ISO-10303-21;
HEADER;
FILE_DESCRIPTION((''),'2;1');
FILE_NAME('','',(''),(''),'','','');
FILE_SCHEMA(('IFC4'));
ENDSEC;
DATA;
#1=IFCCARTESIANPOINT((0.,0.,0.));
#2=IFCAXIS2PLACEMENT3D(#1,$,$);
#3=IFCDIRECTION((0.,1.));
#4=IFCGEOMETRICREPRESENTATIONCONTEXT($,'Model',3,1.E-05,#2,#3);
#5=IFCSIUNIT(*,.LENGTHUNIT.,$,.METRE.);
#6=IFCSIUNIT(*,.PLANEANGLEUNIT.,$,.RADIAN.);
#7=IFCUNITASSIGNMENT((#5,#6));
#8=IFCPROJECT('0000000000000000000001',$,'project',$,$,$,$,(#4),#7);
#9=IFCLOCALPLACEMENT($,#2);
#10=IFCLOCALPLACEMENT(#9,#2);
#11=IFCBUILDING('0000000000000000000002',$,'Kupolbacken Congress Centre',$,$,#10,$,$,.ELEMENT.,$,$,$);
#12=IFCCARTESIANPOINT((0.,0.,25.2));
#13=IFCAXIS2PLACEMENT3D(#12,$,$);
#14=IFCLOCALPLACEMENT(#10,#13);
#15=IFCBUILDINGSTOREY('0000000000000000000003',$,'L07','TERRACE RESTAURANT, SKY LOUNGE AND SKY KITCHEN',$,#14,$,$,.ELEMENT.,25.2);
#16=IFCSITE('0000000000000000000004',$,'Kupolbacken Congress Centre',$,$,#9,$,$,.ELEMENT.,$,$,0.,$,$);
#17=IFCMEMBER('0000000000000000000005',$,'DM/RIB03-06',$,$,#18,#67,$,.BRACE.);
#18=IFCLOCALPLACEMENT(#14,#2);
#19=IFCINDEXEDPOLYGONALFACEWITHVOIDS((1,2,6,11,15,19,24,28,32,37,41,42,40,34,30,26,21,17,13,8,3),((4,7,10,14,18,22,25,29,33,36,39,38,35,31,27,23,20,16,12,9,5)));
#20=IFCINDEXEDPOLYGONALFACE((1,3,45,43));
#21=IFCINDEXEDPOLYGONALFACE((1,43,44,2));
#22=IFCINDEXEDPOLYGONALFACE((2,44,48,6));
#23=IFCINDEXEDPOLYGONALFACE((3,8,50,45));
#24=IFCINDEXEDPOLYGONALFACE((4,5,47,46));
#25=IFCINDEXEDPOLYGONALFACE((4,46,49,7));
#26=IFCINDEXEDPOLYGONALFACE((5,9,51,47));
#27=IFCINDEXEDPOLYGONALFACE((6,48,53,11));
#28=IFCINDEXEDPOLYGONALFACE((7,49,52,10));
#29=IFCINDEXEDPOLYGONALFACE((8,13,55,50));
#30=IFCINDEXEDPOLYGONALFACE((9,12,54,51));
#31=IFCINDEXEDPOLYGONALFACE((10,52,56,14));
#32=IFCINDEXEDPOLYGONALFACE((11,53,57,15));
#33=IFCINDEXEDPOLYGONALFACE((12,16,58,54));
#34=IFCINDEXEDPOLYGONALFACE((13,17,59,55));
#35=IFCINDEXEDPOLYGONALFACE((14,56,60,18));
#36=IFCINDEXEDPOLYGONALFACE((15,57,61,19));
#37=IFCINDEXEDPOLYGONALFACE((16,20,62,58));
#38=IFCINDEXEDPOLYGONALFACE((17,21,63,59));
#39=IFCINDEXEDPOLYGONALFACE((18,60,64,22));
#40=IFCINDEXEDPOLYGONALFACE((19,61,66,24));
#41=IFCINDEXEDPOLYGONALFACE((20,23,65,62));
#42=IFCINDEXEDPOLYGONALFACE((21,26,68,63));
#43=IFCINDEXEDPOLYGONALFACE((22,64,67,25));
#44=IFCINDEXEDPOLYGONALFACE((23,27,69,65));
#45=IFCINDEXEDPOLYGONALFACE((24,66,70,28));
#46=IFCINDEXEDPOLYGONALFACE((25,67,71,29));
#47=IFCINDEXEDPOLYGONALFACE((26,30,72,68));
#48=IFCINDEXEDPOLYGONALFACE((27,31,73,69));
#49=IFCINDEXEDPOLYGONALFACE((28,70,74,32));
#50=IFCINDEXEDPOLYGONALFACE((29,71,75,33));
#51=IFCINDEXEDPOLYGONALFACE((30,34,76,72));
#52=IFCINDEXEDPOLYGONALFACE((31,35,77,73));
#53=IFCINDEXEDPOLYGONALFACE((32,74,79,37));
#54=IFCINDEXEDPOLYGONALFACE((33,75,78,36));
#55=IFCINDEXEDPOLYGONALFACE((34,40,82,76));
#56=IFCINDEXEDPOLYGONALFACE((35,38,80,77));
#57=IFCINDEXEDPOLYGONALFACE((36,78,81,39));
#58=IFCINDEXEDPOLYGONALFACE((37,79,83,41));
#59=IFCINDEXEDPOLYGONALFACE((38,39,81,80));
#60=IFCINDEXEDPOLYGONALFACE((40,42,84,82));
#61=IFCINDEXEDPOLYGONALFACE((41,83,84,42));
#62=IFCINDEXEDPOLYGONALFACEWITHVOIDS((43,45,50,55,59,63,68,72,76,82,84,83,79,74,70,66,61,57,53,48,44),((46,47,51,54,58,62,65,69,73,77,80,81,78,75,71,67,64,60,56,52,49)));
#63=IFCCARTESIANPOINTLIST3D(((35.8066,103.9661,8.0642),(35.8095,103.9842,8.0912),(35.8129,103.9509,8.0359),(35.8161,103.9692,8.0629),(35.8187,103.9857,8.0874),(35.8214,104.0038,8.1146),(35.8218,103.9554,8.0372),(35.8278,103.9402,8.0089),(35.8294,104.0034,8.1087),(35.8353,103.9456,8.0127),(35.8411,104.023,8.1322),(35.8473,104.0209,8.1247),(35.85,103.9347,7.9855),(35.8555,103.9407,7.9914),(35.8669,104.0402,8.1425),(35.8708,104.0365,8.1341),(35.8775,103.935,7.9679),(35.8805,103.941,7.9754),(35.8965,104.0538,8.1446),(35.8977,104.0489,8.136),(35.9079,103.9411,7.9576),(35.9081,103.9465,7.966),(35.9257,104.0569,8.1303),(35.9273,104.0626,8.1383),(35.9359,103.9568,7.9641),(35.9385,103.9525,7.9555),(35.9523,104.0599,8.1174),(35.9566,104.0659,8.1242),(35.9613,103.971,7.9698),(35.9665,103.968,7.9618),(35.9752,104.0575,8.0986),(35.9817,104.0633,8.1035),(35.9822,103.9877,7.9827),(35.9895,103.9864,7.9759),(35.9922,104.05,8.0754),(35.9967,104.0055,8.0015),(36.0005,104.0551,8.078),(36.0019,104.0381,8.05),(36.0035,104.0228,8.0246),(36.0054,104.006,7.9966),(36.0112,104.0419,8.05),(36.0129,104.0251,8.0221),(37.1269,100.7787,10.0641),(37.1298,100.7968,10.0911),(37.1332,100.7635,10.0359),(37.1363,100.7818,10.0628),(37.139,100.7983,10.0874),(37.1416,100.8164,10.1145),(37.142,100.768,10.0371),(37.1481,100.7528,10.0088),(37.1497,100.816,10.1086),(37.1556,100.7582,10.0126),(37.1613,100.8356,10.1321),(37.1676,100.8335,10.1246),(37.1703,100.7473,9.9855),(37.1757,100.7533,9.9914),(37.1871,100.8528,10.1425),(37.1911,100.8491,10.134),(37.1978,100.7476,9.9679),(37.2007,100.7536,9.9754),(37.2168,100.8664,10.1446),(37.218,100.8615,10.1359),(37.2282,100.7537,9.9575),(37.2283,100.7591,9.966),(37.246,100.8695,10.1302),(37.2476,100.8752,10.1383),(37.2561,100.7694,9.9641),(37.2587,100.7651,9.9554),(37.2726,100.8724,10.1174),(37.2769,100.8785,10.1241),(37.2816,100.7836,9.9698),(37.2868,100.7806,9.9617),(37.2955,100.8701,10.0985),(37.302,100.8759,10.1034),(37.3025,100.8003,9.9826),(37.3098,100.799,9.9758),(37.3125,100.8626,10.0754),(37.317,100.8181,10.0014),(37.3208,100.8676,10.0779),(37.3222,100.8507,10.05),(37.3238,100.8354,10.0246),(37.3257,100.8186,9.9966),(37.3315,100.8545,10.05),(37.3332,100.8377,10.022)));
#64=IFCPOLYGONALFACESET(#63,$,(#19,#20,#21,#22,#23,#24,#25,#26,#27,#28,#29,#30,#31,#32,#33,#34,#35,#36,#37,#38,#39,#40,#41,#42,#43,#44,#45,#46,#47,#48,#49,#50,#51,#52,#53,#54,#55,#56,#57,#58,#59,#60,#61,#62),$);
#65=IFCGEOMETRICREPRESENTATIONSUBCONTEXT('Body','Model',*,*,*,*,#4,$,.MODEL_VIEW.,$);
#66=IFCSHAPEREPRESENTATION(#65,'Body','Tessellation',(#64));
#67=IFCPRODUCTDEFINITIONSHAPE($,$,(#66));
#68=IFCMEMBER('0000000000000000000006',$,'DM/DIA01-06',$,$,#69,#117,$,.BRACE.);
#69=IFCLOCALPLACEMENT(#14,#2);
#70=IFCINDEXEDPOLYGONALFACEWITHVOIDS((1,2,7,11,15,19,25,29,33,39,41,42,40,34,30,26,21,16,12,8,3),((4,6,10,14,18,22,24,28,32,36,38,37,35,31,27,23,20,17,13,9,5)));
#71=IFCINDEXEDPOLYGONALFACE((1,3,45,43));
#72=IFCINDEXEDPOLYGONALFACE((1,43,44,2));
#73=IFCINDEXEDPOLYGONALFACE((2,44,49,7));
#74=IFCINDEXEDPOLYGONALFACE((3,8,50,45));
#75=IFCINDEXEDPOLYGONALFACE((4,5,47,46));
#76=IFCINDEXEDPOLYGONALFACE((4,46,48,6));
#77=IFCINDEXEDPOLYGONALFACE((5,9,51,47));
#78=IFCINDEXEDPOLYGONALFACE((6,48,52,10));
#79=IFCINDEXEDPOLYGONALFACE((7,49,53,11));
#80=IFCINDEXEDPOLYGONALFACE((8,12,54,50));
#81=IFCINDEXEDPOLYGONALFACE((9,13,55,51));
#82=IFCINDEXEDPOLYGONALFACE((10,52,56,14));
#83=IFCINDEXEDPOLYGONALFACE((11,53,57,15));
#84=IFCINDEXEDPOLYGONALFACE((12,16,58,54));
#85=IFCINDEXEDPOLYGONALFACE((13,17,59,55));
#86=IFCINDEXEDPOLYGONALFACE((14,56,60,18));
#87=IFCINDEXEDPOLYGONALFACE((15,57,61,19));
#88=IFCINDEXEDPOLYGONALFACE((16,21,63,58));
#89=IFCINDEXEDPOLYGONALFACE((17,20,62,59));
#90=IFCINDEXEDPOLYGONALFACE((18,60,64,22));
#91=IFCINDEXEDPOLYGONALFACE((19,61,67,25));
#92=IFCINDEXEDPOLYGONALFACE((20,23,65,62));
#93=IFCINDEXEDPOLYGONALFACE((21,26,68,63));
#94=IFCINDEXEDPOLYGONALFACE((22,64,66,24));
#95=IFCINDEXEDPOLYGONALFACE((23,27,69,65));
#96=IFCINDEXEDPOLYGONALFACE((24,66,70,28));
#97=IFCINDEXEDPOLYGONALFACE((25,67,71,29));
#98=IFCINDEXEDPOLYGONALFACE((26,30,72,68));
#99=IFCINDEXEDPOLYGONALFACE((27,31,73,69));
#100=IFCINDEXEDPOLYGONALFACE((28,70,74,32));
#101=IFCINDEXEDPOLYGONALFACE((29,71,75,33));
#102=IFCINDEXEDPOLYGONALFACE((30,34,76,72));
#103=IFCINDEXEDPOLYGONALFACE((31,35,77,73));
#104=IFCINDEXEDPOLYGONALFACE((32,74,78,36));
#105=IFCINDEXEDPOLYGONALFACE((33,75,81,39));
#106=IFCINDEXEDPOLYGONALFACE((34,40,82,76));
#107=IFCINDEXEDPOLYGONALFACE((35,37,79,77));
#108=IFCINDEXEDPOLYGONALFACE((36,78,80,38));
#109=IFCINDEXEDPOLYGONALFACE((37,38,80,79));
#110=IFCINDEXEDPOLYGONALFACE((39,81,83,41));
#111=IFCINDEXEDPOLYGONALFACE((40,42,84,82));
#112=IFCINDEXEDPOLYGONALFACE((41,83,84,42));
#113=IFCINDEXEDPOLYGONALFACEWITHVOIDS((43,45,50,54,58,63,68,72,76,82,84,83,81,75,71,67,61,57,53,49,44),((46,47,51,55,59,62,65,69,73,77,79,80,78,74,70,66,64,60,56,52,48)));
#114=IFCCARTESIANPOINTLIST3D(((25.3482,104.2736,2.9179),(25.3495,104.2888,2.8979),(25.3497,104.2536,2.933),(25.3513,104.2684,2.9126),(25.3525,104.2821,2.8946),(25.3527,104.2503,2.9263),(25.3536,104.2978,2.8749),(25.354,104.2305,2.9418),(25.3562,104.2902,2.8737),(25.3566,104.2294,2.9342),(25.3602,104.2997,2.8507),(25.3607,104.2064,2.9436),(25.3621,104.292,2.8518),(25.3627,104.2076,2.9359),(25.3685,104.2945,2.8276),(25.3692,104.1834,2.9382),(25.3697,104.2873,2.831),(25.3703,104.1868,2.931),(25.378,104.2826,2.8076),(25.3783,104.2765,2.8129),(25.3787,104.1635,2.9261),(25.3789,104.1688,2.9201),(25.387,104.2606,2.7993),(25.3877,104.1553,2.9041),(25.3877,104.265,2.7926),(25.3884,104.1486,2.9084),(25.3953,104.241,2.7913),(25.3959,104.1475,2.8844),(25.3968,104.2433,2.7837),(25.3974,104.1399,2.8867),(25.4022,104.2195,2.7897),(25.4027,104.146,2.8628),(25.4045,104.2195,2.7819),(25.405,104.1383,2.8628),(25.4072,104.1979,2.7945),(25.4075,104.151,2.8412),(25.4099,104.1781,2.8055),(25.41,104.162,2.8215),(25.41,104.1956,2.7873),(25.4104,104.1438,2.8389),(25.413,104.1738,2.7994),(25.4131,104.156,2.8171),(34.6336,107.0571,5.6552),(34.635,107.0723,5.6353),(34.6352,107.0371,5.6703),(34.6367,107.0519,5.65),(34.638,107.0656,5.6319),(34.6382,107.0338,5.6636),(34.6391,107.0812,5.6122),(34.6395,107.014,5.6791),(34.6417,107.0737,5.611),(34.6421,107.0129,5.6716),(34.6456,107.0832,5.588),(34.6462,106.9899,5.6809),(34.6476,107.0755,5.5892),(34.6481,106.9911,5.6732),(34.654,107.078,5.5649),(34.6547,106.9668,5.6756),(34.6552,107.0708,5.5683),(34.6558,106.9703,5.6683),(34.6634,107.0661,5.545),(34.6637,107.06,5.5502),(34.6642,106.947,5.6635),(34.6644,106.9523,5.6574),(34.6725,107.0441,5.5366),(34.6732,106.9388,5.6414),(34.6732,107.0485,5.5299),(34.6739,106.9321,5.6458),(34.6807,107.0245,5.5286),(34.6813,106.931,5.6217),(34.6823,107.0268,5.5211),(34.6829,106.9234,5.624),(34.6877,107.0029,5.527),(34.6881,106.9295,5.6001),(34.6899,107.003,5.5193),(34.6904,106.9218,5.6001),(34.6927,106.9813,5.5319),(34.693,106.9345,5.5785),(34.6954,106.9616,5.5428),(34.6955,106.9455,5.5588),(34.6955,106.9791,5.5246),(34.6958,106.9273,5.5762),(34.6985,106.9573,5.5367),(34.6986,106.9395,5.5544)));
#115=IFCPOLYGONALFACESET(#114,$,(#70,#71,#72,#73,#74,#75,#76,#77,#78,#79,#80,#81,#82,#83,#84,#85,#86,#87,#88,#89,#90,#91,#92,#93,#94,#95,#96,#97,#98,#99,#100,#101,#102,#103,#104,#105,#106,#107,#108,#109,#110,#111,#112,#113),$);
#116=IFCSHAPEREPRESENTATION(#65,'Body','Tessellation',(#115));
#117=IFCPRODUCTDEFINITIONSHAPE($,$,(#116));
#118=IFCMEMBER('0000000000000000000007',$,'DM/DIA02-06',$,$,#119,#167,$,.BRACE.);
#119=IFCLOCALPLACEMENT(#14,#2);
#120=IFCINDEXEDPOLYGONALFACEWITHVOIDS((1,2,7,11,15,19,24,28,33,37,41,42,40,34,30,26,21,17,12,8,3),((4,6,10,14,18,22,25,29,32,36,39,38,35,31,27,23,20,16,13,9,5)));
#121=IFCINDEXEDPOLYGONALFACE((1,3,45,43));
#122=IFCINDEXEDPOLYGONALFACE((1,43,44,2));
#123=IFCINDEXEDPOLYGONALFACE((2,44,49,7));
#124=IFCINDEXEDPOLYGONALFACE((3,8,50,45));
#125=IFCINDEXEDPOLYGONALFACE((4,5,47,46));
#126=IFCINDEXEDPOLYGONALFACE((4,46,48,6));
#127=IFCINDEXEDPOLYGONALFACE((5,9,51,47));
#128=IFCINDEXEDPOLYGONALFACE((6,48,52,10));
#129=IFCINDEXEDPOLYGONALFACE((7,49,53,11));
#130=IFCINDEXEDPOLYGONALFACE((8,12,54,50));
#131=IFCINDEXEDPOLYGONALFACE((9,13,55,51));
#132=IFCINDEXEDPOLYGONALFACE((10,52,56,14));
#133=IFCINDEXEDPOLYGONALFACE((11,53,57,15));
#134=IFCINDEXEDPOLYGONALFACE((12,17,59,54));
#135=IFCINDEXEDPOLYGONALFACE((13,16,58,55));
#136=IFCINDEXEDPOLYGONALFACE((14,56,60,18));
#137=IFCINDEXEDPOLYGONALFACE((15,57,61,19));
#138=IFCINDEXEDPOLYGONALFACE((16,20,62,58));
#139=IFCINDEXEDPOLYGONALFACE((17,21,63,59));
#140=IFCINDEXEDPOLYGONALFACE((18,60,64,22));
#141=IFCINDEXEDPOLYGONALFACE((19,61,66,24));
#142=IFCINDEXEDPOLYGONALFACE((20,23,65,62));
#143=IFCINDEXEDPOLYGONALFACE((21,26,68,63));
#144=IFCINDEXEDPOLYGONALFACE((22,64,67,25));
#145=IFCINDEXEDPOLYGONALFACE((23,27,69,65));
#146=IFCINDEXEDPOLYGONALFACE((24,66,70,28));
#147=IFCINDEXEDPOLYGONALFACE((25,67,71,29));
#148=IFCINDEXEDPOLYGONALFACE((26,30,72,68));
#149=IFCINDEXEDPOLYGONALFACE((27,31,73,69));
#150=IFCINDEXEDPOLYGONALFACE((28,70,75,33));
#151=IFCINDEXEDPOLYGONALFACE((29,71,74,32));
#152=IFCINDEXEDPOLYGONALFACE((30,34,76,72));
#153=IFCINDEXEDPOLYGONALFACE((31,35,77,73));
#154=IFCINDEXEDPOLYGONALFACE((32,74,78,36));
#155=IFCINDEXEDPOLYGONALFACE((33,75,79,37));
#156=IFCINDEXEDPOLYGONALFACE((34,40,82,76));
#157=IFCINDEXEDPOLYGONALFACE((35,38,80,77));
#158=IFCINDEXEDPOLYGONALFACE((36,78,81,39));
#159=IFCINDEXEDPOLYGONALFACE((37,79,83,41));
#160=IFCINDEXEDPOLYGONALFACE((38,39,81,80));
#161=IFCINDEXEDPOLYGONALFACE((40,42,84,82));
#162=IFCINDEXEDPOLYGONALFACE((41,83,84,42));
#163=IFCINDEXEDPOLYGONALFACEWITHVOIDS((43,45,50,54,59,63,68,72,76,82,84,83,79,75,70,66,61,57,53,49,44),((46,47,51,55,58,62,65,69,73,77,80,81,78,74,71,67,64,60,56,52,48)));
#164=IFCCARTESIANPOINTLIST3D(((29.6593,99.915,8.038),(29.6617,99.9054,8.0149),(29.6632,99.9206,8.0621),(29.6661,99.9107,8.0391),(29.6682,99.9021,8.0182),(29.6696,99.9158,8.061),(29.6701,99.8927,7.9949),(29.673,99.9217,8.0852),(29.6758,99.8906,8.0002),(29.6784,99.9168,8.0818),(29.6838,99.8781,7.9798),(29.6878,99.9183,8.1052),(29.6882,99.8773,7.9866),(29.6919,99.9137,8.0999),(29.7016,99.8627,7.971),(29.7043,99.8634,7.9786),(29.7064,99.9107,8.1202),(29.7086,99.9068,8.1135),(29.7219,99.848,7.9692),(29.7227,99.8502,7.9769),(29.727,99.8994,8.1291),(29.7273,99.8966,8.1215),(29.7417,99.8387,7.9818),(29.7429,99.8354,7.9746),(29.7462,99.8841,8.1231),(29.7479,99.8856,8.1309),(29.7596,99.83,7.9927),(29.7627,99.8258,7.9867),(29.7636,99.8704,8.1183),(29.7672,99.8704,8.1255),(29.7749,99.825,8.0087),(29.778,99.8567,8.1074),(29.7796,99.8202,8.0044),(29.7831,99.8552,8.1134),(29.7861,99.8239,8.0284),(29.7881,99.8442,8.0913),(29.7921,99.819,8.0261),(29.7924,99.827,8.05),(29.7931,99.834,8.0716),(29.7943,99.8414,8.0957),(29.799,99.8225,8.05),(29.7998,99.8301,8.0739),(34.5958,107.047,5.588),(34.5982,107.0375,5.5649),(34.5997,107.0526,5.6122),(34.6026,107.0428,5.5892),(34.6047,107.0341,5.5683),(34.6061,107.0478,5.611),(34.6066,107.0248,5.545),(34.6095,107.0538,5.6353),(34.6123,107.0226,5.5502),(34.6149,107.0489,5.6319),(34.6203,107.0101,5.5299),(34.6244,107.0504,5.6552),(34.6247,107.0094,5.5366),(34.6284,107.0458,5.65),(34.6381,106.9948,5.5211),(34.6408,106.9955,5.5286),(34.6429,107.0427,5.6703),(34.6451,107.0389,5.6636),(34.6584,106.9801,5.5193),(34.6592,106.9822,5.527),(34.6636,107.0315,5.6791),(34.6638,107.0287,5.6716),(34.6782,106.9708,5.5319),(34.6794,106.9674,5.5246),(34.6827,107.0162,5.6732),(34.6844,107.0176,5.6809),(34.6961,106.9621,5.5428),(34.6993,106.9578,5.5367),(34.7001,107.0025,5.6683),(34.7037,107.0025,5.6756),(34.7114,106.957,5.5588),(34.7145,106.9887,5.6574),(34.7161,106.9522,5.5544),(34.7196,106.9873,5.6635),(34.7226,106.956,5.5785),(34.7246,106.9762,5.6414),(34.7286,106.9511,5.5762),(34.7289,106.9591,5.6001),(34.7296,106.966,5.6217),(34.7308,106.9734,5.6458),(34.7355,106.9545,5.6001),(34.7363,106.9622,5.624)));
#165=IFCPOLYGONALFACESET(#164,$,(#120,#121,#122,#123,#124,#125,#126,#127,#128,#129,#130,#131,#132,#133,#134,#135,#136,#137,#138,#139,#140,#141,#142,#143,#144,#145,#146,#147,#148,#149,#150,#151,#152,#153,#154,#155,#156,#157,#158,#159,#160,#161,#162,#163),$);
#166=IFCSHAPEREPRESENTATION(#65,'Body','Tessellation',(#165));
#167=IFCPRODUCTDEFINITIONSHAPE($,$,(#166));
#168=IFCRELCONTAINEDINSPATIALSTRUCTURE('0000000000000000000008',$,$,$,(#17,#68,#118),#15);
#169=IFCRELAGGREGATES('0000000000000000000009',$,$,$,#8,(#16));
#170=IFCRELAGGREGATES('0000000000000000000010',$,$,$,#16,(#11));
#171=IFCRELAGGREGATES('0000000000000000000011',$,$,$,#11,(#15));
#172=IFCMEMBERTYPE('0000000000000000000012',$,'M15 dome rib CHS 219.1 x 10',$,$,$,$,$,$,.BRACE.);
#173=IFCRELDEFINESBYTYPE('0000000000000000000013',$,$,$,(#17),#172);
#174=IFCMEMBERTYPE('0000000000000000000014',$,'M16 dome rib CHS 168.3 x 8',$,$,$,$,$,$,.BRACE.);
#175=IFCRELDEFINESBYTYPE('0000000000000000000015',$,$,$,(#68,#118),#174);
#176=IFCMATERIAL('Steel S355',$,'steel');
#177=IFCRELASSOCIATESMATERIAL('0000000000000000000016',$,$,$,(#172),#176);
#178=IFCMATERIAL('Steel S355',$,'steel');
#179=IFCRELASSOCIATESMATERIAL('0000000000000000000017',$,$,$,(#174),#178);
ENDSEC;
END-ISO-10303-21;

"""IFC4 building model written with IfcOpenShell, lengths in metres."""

from ifc_helpers import new_model, si_unit, direction, frame, origin, origin_2d, place, context, subcontext, project, spatial, hollow_circle, extrude, material, material_profile, profile_set, type_object, element, save


model = new_model("IFC4")

# Units and contexts
model_context = context("Model", 3, precision=1e-05, world=origin(), true_north=direction((0.0, 1.0)))
body_context = subcontext(model_context, "Body", "Model", "MODEL_VIEW")
ifc_project = project(units=[si_unit("LENGTHUNIT", "METRE"), si_unit("PLANEANGLEUNIT", "RADIAN")], contexts=[model_context])

# Site, building, storey
site_placement = place(None, origin())
site = spatial("IfcSite", under=ifc_project, at=site_placement, Name="Kupolbacken Congress Centre", CompositionType="ELEMENT", RefElevation=0.0)
building_placement = place(site_placement, origin())
building = spatial("IfcBuilding", under=site, at=building_placement, Name="Kupolbacken Congress Centre", CompositionType="ELEMENT")
storey_placement = place(building_placement, frame((0.0, 0.0, 25.2)))
storey = spatial("IfcBuildingStorey", under=building, at=storey_placement, Name="L07", Description="TERRACE RESTAURANT, SKY LOUNGE AND SKY KITCHEN", CompositionType="ELEMENT", Elevation=25.2)

# Members
ifc_material_1 = material(Name="Steel S355", Category="steel")
ifc_material_profile_1 = material_profile(ifc_material_1, hollow_circle(Radius=0.1096, WallThickness=0.01, at=origin_2d()), Name="CHS 219.1 x 10")
ifc_profile_set_1 = profile_set([ifc_material_profile_1], Name="Steel S355")
member_type_1 = type_object("IfcMemberType", Name="M15 dome rib CHS 219.1 x 10", PredefinedType="BRACE", material=ifc_profile_set_1)
for number, where, z_axis, x_axis, name in (
    (1, (35.9099, 104.0, 8.05), (0.331079, -0.799292, 0.501517), (0.923879, 0.382685, 0.0), "DM/RIB03-06"),
):
    element("IfcMember", number, at=place(storey_placement, frame(where, z_axis=z_axis, x_axis=x_axis)), inside=storey, type_object=member_type_1, Name=name, PredefinedType="BRACE", context=body_context, shape_type="SweptSolid", body=[
        extrude(hollow_circle(Radius=0.1096, WallThickness=0.01, at=origin_2d()), origin(), (0.0, 0.0, 1.0), 3.9878),
    ])
ifc_material_2 = material(Name="Steel S355", Category="steel")
ifc_material_profile_2 = material_profile(ifc_material_2, hollow_circle(Radius=0.0842, WallThickness=0.0081, at=origin_2d()), Name="CHS 168.3 x 8")
ifc_profile_set_2 = profile_set([ifc_material_profile_2], Name="Steel S355")
member_type_2 = type_object("IfcMemberType", Name="M16 dome rib CHS 168.3 x 8", PredefinedType="BRACE", material=ifc_profile_set_2)
member_1_placement = place(storey_placement, frame((34.6663, 107.0024, 5.6001), z_axis=(-0.921839, -0.276336, -0.271755), x_axis=(0.287142, -0.957888, 0.0)))
element("IfcMember", 2, at=member_1_placement, inside=storey, type_object=member_type_2, Name="DM/DIA01-06", PredefinedType="BRACE", context=body_context, shape_type="SweptSolid", body=[
    extrude(hollow_circle(Radius=0.0842, WallThickness=0.0081, at=origin_2d()), origin(), (0.0, 0.0, 1.0), 10.0728),
])
member_2_placement = place(storey_placement, frame((34.6663, 107.0024, 5.6001), z_axis=(-0.547698, -0.791291, 0.271818), x_axis=(0.82225, -0.569127, 0.0)))
element("IfcMember", 3, at=member_2_placement, inside=storey, type_object=member_type_2, Name="DM/DIA02-06", PredefinedType="BRACE", context=body_context, shape_type="SweptSolid", body=[
    extrude(hollow_circle(Radius=0.0842, WallThickness=0.0081, at=origin_2d()), origin(), (0.0, 0.0, 1.0), 9.0132),
])

save(model, "model.ifc")
